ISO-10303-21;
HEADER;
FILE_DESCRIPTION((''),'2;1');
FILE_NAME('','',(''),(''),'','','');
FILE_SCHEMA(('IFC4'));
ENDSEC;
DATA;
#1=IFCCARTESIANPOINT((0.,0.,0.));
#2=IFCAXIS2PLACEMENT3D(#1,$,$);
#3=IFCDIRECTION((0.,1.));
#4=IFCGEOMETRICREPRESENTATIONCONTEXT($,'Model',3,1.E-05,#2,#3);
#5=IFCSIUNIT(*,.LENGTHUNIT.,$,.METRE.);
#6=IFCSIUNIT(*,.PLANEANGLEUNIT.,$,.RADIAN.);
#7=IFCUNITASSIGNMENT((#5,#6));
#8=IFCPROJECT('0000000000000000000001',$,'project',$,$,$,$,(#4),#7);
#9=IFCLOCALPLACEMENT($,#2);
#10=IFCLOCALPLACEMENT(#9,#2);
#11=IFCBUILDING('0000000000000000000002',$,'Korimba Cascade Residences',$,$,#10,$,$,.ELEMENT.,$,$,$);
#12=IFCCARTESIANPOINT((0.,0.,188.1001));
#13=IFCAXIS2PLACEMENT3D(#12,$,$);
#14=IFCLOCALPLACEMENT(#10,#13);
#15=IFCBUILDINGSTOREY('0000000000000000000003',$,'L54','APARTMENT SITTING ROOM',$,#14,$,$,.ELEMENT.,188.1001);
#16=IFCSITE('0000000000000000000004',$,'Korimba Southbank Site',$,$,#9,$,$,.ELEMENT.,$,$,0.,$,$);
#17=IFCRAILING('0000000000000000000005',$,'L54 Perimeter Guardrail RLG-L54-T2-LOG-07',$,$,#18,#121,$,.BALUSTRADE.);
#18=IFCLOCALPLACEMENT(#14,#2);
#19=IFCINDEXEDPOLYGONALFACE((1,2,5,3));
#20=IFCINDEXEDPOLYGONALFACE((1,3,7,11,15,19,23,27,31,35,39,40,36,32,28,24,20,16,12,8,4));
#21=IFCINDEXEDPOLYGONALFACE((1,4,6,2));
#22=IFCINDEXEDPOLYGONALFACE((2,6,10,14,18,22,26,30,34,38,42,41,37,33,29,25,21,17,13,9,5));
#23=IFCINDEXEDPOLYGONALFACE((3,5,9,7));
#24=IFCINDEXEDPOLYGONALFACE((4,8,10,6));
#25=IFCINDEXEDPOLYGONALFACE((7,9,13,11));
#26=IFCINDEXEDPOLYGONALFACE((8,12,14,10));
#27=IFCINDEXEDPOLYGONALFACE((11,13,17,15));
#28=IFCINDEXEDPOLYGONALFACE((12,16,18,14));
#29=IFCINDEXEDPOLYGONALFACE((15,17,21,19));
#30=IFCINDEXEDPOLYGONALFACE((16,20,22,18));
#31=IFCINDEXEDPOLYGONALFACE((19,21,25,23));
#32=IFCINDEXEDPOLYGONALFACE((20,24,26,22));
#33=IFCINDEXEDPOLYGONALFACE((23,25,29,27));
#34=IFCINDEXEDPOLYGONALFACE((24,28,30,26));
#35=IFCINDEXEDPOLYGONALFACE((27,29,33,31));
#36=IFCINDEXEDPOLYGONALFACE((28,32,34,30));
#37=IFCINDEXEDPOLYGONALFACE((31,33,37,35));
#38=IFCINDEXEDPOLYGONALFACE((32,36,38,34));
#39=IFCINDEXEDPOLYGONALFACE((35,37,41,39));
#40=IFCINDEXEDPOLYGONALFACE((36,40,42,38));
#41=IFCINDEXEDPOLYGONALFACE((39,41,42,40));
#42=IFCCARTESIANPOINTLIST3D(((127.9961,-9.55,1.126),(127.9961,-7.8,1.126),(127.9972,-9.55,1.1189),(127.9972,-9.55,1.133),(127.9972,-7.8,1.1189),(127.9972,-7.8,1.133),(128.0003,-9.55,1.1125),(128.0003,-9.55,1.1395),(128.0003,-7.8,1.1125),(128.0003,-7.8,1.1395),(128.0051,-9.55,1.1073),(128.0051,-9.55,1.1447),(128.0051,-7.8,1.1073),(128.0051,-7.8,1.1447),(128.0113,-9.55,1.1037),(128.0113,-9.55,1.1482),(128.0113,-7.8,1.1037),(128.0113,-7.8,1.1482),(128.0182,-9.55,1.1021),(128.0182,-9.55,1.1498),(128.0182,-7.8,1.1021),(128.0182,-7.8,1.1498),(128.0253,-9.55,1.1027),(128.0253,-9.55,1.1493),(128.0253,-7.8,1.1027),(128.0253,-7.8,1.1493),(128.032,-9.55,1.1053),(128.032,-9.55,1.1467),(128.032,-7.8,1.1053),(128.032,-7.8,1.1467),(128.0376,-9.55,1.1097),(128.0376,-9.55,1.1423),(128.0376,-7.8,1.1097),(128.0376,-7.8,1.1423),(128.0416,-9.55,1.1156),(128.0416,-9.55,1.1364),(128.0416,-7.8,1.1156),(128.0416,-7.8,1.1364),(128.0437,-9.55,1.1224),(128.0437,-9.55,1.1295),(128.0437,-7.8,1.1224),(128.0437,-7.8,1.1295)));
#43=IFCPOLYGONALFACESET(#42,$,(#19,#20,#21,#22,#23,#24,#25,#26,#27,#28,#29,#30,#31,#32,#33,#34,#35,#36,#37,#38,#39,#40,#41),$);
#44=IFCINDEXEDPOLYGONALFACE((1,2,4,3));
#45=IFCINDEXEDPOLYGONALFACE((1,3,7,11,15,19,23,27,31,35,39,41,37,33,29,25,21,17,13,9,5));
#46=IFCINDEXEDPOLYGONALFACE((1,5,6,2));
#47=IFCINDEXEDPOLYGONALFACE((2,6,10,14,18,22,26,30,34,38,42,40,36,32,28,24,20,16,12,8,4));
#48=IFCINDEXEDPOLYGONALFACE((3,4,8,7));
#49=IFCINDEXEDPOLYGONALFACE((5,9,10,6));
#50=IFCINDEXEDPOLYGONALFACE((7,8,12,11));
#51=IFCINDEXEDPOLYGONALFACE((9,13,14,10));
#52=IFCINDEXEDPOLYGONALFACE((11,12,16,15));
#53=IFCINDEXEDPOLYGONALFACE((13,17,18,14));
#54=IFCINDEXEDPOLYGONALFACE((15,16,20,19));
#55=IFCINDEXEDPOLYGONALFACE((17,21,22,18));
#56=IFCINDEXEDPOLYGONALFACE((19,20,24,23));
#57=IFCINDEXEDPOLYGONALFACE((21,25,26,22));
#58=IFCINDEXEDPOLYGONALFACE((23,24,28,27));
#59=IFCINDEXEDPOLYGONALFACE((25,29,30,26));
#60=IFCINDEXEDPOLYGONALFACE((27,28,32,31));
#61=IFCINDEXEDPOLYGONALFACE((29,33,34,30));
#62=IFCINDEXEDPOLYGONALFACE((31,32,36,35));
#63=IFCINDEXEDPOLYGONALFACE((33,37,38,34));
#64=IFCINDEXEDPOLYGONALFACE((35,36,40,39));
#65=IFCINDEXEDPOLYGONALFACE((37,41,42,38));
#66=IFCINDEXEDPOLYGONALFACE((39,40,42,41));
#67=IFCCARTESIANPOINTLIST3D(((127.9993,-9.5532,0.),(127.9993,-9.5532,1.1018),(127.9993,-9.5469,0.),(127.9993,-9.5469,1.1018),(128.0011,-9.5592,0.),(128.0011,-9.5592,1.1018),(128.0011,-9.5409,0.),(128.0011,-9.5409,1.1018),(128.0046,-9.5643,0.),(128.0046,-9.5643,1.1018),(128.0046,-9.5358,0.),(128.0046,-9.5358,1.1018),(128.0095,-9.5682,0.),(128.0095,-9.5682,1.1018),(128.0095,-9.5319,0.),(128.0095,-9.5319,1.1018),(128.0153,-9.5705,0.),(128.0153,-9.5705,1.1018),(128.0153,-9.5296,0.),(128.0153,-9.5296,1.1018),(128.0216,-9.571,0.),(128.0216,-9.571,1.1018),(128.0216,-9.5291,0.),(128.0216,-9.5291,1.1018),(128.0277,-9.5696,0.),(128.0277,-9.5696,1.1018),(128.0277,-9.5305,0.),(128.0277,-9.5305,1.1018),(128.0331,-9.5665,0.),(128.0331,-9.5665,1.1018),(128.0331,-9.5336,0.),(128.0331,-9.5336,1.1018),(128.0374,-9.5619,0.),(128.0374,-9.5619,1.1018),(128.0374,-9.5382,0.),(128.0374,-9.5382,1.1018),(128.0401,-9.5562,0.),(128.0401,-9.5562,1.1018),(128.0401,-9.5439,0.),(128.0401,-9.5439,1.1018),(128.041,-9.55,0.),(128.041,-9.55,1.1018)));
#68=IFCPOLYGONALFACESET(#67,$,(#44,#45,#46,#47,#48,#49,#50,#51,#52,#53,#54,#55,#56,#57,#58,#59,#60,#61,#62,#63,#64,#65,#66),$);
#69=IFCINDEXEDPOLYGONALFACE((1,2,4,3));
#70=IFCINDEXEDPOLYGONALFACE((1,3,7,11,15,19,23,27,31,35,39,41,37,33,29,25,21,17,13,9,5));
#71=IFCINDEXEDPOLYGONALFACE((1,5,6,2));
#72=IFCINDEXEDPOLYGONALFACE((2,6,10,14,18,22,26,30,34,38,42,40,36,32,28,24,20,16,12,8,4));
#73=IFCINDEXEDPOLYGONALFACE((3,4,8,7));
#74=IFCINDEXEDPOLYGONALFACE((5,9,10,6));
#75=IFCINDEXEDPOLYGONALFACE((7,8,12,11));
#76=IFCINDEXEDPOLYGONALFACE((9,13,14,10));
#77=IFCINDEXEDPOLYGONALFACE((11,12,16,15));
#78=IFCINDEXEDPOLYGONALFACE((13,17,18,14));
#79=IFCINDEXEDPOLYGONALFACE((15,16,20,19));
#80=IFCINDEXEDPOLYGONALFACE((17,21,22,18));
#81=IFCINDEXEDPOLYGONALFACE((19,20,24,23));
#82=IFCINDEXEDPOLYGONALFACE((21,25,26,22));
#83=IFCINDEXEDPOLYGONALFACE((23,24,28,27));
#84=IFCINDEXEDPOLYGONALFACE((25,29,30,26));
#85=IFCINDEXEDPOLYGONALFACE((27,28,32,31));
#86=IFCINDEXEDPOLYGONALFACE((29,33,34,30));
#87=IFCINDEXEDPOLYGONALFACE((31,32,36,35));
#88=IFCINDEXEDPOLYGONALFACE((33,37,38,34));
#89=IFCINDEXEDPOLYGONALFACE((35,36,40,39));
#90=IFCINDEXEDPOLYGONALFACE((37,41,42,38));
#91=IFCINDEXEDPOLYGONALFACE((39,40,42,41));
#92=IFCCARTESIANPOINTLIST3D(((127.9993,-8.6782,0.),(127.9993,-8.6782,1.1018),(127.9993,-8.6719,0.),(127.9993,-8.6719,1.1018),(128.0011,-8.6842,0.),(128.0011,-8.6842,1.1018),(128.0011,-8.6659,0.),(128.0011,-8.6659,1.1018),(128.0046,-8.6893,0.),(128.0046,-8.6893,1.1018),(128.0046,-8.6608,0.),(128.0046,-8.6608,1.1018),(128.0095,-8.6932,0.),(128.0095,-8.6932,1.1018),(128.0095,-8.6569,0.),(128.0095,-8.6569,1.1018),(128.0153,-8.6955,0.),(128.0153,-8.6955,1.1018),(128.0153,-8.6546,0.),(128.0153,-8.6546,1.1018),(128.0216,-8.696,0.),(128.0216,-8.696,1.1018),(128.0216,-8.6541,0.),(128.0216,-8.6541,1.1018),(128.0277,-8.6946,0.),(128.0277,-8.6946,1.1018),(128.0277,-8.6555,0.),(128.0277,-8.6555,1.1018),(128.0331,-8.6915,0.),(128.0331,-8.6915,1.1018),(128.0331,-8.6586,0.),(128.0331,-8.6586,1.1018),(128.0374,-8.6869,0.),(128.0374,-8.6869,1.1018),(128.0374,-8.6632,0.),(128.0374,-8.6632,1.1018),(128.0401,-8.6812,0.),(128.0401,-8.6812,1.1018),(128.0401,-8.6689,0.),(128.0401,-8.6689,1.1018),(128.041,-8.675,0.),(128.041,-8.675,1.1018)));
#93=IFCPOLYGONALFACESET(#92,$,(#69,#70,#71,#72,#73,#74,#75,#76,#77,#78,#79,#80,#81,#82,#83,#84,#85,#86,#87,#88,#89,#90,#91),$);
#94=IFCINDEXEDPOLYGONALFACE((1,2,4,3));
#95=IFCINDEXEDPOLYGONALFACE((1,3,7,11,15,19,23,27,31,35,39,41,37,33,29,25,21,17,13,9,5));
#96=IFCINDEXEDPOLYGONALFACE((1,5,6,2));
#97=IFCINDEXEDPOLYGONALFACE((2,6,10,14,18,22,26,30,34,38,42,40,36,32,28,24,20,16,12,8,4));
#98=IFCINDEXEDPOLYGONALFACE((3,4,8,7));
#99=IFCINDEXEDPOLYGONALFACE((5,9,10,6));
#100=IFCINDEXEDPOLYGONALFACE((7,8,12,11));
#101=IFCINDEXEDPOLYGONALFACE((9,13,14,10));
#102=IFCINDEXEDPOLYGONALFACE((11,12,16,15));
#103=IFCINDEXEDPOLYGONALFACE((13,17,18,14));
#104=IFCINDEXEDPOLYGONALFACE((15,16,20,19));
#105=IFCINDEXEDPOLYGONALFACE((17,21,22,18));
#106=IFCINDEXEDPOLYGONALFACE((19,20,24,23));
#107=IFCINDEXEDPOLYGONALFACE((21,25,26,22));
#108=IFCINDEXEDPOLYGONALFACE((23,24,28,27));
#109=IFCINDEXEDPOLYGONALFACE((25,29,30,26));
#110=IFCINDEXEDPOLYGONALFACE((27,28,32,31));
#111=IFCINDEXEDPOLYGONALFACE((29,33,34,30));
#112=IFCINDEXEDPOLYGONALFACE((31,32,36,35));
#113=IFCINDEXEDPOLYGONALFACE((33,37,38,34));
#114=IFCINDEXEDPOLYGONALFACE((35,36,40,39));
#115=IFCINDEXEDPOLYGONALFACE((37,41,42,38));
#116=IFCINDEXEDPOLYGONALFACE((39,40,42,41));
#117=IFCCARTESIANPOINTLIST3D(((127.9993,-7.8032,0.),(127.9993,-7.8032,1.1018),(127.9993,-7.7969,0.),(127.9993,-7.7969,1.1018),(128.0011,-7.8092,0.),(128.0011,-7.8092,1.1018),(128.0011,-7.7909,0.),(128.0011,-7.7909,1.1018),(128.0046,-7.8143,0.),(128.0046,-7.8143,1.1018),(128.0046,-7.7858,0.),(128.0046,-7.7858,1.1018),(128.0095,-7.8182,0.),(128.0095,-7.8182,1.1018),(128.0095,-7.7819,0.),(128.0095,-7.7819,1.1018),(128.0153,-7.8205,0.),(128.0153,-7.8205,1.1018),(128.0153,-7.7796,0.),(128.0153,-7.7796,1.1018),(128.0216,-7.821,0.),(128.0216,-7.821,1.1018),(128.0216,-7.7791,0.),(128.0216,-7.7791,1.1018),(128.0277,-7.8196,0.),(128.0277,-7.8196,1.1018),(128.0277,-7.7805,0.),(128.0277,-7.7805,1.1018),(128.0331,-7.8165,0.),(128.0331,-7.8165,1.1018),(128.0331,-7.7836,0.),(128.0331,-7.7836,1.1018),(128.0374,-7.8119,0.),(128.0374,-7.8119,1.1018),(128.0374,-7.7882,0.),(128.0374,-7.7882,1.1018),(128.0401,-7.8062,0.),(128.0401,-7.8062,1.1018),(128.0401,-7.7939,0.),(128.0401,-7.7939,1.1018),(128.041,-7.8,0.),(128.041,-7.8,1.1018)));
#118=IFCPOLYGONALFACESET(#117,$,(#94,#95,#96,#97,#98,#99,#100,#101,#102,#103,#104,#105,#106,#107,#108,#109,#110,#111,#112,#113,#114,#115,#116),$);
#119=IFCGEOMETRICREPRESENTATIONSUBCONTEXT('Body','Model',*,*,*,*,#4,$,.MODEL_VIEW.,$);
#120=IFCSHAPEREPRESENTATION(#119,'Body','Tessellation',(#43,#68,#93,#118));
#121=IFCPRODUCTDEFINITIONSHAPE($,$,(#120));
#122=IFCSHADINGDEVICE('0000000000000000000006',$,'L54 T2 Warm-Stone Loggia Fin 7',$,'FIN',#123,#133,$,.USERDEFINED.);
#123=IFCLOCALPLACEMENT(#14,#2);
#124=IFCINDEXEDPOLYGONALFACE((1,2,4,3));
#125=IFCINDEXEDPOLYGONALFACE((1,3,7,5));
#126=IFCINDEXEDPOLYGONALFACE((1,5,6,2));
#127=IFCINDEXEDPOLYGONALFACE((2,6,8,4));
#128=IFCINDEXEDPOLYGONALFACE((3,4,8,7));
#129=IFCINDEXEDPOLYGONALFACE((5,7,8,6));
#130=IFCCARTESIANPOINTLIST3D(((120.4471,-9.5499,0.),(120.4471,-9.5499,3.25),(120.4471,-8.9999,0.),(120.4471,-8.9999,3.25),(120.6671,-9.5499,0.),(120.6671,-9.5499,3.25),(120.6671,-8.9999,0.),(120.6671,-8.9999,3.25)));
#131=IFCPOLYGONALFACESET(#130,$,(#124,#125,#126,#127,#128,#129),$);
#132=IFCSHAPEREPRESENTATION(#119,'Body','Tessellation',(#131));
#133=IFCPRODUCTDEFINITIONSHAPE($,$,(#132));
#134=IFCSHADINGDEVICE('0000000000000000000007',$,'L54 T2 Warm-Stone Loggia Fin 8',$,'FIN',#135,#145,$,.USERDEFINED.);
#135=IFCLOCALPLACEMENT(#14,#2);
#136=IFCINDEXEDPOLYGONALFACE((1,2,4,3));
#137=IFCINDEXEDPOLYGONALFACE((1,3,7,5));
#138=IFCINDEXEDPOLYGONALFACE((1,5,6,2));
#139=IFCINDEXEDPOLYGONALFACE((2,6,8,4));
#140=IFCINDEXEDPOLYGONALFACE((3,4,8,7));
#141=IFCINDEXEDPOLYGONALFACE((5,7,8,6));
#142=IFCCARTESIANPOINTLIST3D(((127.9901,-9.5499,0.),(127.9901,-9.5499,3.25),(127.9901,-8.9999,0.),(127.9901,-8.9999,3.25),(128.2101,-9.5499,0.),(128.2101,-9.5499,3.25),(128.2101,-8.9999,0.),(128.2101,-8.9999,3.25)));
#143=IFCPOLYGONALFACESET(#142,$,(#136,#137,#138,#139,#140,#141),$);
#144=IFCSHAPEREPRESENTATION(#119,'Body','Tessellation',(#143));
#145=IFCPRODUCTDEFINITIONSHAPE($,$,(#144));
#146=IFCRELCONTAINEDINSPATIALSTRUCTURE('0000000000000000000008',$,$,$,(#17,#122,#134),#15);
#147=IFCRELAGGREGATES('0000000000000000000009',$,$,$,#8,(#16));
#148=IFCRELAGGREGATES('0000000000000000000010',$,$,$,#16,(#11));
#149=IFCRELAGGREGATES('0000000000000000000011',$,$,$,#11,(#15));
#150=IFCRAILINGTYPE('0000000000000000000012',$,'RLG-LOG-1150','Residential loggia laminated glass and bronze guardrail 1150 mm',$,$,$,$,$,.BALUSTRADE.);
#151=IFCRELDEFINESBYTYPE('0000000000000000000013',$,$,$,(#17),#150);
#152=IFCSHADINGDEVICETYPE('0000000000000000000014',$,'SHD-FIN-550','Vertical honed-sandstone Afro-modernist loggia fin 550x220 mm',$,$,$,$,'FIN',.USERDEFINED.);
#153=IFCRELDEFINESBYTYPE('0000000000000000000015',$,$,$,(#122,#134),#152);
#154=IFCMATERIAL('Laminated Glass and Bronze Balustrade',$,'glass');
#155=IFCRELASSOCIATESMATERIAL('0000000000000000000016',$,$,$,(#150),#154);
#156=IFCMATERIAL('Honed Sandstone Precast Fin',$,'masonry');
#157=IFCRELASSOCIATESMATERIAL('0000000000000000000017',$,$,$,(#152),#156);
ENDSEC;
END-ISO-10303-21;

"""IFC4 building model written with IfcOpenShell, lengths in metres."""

from ifc_helpers import new_model, si_unit, direction, frame, origin, origin_2d, place, context, subcontext, project, spatial, rectangle, circle, extrude, material, type_object, element, save


model = new_model("IFC4")

# Units and contexts
model_context = context("Model", 3, precision=1e-05, world=origin(), true_north=direction((0.0, 1.0)))
body_context = subcontext(model_context, "Body", "Model", "MODEL_VIEW")
ifc_project = project(units=[si_unit("LENGTHUNIT", "METRE"), si_unit("PLANEANGLEUNIT", "RADIAN")], contexts=[model_context])

# Site, building, storey
site_placement = place(None, origin())
site = spatial("IfcSite", under=ifc_project, at=site_placement, Name="Korimba Southbank Site", CompositionType="ELEMENT", RefElevation=0.0)
building_placement = place(site_placement, origin())
building = spatial("IfcBuilding", under=site, at=building_placement, Name="Korimba Cascade Residences", CompositionType="ELEMENT")
storey_placement = place(building_placement, frame((0.0, 0.0, 188.1001)))
storey = spatial("IfcBuildingStorey", under=building, at=storey_placement, Name="L54", Description="APARTMENT SITTING ROOM", CompositionType="ELEMENT", Elevation=188.1001)

# Railing
ifc_material_1 = material(Name="Laminated Glass and Bronze Balustrade", Category="glass")
railing_type = type_object("IfcRailingType", Name="RLG-LOG-1150", Description="Residential loggia laminated glass and bronze guardrail 1150 mm", PredefinedType="BALUSTRADE", material=ifc_material_1)
railing_1_placement = place(storey_placement, frame((128.02, -9.55, 0.0)))
element("IfcRailing", 1, at=railing_1_placement, inside=storey, type_object=railing_type, Name="L54 Perimeter Guardrail RLG-L54-T2-LOG-07", PredefinedType="BALUSTRADE", context=body_context, shape_type="SweptSolid", body=[
    extrude(circle(Radius=0.0239, at=origin_2d()), frame((0.0, 0.0, 1.126), z_axis=(0.0, 1.0, 0.0), x_axis=(-1.0, 0.0, 0.0)), (0.0, 0.0, 1.0), 1.75),
    extrude(circle(Radius=0.021, at=origin_2d()), origin(), (0.0, 0.0, 1.0), 1.1018),
    extrude(circle(Radius=0.021, at=origin_2d()), frame((0.0, 0.875, 0.0)), (0.0, 0.0, 1.0), 1.1018),
    extrude(circle(Radius=0.021, at=origin_2d()), frame((0.0, 1.75, 0.0)), (0.0, 0.0, 1.0), 1.1018),
])

# Shading devices
ifc_material_2 = material(Name="Honed Sandstone Precast Fin", Category="masonry")
shading_device_type = type_object("IfcShadingDeviceType", Name="SHD-FIN-550", Description="Vertical honed-sandstone Afro-modernist loggia fin 550x220 mm", ElementType="FIN", PredefinedType="USERDEFINED", material=ifc_material_2)
for number, where, z_axis, x_axis, name in (
    (2, (120.5571, -9.2749, 0.0), (0.0, 0.0, 1.0), (1.0, 0.0, 0.0), "L54 T2 Warm-Stone Loggia Fin 7"),
    (3, (128.1001, -9.2749, 0.0), (0.0, 0.0, 1.0), (1.0, 0.0, 0.0), "L54 T2 Warm-Stone Loggia Fin 8"),
):
    element("IfcShadingDevice", number, at=place(storey_placement, frame(where, z_axis=z_axis, x_axis=x_axis)), inside=storey, type_object=shading_device_type, Name=name, ObjectType="FIN", PredefinedType="USERDEFINED", context=body_context, shape_type="SweptSolid", body=[
        extrude(rectangle(XDim=0.22, YDim=0.55, at=origin_2d()), origin(), (0.0, 0.0, 1.0), 3.25),
    ])

save(model, "model.ifc")
